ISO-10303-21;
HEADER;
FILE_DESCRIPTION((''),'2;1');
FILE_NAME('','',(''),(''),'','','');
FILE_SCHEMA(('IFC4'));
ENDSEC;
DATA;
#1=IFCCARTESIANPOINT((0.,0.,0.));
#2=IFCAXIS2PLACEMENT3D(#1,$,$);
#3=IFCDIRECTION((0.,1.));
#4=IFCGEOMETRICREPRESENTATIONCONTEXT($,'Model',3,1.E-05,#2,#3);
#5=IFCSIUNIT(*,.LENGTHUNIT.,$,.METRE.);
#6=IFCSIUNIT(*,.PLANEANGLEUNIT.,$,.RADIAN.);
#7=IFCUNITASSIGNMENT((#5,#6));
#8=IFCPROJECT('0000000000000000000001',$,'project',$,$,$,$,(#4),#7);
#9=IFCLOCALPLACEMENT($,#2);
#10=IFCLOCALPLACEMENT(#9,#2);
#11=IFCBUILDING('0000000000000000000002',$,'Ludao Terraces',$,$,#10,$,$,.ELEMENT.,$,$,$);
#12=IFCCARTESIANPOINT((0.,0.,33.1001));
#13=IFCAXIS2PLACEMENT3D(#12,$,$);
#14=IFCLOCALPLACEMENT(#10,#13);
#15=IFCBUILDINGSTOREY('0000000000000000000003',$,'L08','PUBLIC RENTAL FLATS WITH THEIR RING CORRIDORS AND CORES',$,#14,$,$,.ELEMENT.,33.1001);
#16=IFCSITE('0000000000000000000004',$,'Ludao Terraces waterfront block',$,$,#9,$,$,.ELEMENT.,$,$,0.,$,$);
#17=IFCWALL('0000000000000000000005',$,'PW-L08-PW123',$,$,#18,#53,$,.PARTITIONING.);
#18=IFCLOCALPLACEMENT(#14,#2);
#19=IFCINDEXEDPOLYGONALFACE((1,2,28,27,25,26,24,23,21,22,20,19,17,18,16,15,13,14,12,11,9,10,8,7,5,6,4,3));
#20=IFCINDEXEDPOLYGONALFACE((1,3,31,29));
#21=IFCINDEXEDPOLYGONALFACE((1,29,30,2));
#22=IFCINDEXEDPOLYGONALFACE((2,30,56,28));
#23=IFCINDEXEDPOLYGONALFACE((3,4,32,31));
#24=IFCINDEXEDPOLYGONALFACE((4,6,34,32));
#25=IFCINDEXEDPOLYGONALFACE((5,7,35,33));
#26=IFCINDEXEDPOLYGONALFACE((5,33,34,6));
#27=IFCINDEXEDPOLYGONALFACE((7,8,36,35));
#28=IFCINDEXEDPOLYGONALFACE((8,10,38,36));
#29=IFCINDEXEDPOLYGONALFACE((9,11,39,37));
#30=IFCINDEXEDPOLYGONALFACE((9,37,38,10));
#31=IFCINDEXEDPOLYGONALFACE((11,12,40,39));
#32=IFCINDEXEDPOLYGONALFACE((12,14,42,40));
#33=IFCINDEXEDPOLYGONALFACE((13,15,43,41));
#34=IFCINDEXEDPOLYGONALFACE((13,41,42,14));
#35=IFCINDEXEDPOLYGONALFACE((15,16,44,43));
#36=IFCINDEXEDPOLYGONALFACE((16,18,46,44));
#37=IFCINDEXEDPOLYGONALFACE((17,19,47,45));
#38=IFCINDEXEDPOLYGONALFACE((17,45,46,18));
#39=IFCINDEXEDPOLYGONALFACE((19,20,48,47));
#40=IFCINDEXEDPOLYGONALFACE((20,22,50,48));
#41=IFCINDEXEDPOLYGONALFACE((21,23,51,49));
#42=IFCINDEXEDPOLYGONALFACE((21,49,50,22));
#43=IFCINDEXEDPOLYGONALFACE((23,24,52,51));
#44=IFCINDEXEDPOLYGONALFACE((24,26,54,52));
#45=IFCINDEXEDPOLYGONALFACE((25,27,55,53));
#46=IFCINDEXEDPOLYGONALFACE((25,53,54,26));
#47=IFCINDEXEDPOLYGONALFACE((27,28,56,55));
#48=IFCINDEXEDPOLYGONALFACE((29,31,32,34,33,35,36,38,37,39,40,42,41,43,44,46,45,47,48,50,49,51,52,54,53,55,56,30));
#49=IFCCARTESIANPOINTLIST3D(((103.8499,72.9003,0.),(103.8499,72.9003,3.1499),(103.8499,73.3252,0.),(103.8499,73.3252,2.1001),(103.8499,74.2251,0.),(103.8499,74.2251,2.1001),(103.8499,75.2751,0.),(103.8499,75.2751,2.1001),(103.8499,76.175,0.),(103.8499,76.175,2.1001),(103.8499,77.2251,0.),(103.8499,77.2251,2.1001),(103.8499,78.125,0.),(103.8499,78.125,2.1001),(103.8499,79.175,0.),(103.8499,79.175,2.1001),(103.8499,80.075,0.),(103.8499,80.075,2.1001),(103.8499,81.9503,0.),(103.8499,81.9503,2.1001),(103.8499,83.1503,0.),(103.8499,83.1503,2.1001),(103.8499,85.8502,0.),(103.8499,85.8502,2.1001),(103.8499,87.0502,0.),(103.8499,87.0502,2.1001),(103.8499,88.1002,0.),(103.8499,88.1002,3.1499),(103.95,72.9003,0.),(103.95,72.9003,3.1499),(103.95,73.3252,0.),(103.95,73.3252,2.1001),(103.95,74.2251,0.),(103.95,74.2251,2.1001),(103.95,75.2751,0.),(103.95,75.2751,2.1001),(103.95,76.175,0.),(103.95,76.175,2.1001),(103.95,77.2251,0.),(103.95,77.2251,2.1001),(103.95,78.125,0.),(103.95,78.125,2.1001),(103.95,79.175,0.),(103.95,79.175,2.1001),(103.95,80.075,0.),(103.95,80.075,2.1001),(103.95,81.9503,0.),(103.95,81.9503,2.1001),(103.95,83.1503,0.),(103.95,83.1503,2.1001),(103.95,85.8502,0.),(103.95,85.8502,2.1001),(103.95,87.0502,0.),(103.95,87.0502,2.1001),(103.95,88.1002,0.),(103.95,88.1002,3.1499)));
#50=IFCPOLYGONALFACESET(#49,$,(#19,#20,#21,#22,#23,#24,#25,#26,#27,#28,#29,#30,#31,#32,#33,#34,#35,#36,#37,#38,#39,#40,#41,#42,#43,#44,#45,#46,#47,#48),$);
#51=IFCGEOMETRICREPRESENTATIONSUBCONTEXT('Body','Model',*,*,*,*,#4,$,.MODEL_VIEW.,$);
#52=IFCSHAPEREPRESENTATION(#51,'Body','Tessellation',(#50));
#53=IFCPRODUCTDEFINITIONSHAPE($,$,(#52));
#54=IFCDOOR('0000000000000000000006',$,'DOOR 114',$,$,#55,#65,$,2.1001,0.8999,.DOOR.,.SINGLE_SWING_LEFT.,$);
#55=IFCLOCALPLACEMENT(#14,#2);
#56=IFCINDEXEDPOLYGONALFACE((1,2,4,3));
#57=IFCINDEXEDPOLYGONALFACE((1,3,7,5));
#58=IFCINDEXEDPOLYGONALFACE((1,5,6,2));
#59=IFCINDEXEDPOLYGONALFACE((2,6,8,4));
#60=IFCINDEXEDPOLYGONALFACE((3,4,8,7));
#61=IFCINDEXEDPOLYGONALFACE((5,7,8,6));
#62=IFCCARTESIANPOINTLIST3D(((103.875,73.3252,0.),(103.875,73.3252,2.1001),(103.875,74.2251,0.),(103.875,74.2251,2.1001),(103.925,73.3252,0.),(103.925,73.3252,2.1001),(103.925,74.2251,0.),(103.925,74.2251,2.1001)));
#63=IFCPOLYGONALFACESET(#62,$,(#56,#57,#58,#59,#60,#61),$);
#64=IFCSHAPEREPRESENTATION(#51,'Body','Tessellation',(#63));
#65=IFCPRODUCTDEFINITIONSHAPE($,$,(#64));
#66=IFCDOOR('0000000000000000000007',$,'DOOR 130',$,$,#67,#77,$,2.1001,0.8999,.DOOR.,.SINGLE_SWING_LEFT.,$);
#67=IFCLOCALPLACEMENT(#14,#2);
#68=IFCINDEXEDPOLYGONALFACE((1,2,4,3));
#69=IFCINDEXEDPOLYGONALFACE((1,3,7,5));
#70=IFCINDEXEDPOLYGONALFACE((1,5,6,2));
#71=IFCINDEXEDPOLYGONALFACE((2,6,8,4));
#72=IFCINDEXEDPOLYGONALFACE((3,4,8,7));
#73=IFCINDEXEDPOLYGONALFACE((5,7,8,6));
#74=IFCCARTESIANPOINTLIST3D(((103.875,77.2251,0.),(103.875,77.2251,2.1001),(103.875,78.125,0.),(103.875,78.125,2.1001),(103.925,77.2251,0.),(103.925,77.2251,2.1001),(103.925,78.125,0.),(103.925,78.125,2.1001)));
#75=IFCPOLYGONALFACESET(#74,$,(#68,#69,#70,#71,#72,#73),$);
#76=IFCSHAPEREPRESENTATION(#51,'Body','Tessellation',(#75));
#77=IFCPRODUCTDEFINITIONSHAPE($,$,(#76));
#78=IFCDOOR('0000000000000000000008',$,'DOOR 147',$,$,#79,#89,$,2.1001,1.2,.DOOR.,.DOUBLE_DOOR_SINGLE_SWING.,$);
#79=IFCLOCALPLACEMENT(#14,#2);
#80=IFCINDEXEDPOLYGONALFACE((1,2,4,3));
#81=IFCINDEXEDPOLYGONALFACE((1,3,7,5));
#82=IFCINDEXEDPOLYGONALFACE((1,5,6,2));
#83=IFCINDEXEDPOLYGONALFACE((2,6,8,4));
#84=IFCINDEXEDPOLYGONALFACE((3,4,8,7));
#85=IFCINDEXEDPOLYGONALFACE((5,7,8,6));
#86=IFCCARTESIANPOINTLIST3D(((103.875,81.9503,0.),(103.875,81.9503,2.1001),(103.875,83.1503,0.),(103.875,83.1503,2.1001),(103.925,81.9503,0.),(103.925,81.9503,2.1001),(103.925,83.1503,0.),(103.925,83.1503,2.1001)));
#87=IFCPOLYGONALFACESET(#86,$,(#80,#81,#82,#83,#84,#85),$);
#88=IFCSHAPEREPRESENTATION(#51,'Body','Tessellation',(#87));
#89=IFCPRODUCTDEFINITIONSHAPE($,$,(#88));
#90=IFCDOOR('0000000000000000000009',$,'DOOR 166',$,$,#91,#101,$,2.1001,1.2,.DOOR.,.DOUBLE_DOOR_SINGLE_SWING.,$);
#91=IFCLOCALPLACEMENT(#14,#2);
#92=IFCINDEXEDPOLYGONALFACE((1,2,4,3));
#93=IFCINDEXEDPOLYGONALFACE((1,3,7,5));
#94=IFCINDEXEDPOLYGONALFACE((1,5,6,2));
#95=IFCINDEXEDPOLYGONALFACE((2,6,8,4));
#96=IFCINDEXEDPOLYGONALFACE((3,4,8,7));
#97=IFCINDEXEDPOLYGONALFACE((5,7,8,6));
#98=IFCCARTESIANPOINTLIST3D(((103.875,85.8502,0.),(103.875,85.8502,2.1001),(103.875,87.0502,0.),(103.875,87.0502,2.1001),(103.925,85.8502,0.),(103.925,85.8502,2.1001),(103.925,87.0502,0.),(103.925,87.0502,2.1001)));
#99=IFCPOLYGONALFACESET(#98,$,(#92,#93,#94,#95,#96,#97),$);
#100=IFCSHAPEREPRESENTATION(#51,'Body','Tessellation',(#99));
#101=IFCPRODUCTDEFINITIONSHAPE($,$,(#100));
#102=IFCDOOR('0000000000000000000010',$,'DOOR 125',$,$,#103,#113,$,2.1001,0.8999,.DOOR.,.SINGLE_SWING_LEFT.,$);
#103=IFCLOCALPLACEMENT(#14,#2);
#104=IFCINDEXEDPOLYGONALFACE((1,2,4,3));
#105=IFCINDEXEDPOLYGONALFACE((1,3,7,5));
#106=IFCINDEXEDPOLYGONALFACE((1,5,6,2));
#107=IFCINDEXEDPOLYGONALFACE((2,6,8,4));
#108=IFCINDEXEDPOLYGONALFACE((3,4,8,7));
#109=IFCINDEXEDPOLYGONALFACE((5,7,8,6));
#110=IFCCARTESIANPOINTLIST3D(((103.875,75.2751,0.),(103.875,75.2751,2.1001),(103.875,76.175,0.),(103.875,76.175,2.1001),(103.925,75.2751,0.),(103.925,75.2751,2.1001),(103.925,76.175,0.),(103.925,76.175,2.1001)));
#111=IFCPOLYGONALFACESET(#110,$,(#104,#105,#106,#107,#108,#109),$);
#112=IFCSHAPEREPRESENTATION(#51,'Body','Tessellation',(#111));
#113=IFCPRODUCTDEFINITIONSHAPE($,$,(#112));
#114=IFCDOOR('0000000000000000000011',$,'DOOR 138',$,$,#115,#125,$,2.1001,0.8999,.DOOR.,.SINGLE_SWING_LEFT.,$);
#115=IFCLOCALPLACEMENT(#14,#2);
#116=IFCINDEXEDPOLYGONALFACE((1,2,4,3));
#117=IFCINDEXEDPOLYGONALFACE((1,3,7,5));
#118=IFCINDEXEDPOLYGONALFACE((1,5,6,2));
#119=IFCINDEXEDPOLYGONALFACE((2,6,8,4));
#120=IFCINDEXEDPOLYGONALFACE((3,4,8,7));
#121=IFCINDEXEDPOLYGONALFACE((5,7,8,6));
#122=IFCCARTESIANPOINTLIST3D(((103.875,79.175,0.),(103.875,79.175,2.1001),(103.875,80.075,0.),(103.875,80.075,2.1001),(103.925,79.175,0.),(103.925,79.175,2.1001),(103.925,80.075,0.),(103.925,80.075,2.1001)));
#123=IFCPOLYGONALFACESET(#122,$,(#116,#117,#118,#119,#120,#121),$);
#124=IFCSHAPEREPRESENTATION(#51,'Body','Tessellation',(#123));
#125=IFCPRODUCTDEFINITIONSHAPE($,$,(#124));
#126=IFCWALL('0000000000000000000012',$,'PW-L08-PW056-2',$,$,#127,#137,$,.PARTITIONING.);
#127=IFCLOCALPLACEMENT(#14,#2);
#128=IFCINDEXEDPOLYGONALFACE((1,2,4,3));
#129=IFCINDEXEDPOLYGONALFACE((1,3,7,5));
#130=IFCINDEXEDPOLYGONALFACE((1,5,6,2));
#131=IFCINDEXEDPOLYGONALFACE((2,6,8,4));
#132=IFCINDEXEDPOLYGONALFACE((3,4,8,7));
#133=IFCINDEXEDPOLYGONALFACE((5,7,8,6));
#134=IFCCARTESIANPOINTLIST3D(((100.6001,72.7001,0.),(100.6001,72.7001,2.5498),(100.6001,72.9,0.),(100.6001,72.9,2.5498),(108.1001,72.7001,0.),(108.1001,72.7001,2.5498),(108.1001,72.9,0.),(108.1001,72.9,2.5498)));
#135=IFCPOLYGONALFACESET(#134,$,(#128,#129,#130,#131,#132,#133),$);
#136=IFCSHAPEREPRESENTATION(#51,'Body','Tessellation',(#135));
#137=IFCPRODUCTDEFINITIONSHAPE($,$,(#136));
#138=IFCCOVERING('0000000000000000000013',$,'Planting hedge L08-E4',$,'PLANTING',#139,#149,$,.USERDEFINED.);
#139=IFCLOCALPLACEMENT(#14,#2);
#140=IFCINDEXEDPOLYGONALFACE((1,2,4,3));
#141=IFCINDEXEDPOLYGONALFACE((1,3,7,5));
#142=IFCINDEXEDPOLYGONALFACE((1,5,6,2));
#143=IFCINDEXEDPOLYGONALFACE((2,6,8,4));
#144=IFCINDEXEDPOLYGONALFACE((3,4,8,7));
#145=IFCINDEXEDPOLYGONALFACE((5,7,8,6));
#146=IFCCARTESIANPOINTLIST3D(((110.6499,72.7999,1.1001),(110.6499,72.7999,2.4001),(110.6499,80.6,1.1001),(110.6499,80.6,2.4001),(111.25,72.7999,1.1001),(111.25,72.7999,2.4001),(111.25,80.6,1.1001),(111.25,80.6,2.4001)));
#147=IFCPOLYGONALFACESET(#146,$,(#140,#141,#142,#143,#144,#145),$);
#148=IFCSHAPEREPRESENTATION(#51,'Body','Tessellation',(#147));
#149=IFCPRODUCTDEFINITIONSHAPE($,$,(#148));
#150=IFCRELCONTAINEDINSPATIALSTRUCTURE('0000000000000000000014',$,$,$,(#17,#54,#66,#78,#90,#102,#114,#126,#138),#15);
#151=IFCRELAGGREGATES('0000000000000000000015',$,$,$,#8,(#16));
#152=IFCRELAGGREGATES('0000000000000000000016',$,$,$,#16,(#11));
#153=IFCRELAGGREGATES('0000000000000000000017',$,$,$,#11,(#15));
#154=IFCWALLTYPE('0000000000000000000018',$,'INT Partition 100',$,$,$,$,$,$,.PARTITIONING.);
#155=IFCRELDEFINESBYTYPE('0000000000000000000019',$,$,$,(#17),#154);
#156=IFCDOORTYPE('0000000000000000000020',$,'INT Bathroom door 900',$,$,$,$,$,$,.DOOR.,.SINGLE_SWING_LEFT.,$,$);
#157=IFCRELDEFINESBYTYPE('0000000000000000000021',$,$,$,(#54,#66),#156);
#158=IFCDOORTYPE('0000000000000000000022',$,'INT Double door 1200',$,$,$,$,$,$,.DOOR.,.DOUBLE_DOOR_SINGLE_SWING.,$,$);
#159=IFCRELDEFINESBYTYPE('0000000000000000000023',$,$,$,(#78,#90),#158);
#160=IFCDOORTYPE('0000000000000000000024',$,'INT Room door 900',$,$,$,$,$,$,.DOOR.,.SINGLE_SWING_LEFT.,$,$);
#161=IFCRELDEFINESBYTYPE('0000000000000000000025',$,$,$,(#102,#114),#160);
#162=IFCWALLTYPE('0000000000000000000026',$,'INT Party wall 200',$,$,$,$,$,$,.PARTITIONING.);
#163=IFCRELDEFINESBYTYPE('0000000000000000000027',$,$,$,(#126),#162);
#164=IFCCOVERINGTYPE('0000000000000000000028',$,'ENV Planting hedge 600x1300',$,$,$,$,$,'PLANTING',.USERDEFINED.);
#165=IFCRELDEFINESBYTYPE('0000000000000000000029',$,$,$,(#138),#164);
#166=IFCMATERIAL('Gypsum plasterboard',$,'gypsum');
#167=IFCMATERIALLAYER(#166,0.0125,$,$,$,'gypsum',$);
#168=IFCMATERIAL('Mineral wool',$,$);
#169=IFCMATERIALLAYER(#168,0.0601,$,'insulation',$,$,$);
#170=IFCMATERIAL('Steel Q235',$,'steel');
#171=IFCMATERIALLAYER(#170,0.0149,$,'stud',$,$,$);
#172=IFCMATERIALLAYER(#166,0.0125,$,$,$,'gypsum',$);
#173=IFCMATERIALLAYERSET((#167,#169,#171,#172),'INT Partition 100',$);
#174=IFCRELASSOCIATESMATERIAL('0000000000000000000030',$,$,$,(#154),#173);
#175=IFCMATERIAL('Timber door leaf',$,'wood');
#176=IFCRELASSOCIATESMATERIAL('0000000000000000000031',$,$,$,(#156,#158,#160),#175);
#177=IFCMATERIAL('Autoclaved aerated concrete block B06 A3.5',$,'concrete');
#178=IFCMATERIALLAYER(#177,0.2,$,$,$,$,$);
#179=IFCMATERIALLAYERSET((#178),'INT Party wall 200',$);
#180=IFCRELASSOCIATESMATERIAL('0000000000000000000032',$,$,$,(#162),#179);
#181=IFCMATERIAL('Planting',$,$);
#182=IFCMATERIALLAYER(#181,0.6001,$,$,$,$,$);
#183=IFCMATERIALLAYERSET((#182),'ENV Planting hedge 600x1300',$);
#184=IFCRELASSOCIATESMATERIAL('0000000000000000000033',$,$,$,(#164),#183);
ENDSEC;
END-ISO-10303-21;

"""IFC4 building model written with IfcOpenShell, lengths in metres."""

from ifc_helpers import new_model, si_unit, direction, frame, frame_2d, origin, origin_2d, place, context, subcontext, project, spatial, rectangle, extrude, material, layer, layer_set, type_object, element, fill, save


model = new_model("IFC4")

# Units and contexts
model_context = context("Model", 3, precision=1e-05, world=origin(), true_north=direction((0.0, 1.0)))
body_context = subcontext(model_context, "Body", "Model", "MODEL_VIEW")
ifc_project = project(units=[si_unit("LENGTHUNIT", "METRE"), si_unit("PLANEANGLEUNIT", "RADIAN")], contexts=[model_context])

# Site, building, storey
site_placement = place(None, origin())
site = spatial("IfcSite", under=ifc_project, at=site_placement, Name="Ludao Terraces waterfront block", CompositionType="ELEMENT", RefElevation=0.0)
building_placement = place(site_placement, origin())
building = spatial("IfcBuilding", under=site, at=building_placement, Name="Ludao Terraces", CompositionType="ELEMENT")
storey_placement = place(building_placement, frame((0.0, 0.0, 33.1001)))
storey = spatial("IfcBuildingStorey", under=building, at=storey_placement, Name="L08", Description="PUBLIC RENTAL FLATS WITH THEIR RING CORRIDORS AND CORES", CompositionType="ELEMENT", Elevation=33.1001)

# Shared definitions
ifc_material_1 = material(Name="Mineral wool")

# Shared definitions
ifc_material_2 = material(Name="Gypsum plasterboard", Category="gypsum")
ifc_layer_1 = layer(ifc_material_2, 0.0125, Category="gypsum")
ifc_layer_2 = layer(ifc_material_1, 0.0601, Name="insulation")
ifc_material_3 = material(Name="Steel Q235", Category="steel")
ifc_layer_3 = layer(ifc_material_3, 0.0149, Name="stud")
ifc_layer_4 = layer(ifc_material_2, 0.0125, Category="gypsum")
ifc_layer_set_1 = layer_set([ifc_layer_1, ifc_layer_2, ifc_layer_3, ifc_layer_4], Name="INT Partition 100")
wall_type_1 = type_object("IfcWallType", Name="INT Partition 100", PredefinedType="PARTITIONING", material=ifc_layer_set_1)

# Wall, openings, doors
wall_1_placement = place(storey_placement, frame((103.8999, 72.9001, 0.0), z_axis=(0.0, 0.0, 1.0), x_axis=(0.0, 1.0, 0.0)))
wall_1 = element("IfcWall", 1, at=wall_1_placement, inside=storey, type_object=wall_type_1, Name="PW-L08-PW123", PredefinedType="PARTITIONING", context=body_context, shape_type="SweptSolid", body=[
    extrude(rectangle(XDim=15.2, YDim=0.1001, at=frame_2d((7.6001, 0.0))), origin(), (0.0, 0.0, 1.0), 3.1499),
])
opening_1_placement = place(wall_1_placement, frame((0.425, 0.0, 0.0)))
opening_1 = element("IfcOpeningElement", 2, at=opening_1_placement, cuts=wall_1, PredefinedType="OPENING", context=body_context, shape_type="SweptSolid", body=[
    extrude(rectangle(XDim=0.8999, YDim=2.1001, at=frame_2d((0.45, 1.05))), frame((0.0, 0.0601, 0.0), z_axis=(0.0, -1.0, 0.0), x_axis=(1.0, 0.0, 0.0)), (0.0, 0.0, 1.0), 0.1201),
])
opening_2_placement = place(wall_1_placement, frame((2.375, 0.0, 0.0)))
opening_2 = element("IfcOpeningElement", 3, at=opening_2_placement, cuts=wall_1, PredefinedType="OPENING", context=body_context, shape_type="SweptSolid", body=[
    extrude(rectangle(XDim=0.8999, YDim=2.1001, at=frame_2d((0.45, 1.05))), frame((0.0, 0.0601, 0.0), z_axis=(0.0, -1.0, 0.0), x_axis=(1.0, 0.0, 0.0)), (0.0, 0.0, 1.0), 0.1201),
])
opening_3_placement = place(wall_1_placement, frame((4.325, 0.0, 0.0)))
opening_3 = element("IfcOpeningElement", 4, at=opening_3_placement, cuts=wall_1, PredefinedType="OPENING", context=body_context, shape_type="SweptSolid", body=[
    extrude(rectangle(XDim=0.8999, YDim=2.1001, at=frame_2d((0.45, 1.05))), frame((0.0, 0.0601, 0.0), z_axis=(0.0, -1.0, 0.0), x_axis=(1.0, 0.0, 0.0)), (0.0, 0.0, 1.0), 0.1201),
])
opening_4_placement = place(wall_1_placement, frame((6.2749, 0.0, 0.0)))
opening_4 = element("IfcOpeningElement", 5, at=opening_4_placement, cuts=wall_1, PredefinedType="OPENING", context=body_context, shape_type="SweptSolid", body=[
    extrude(rectangle(XDim=0.8999, YDim=2.1001, at=frame_2d((0.45, 1.05))), frame((0.0, 0.0601, 0.0), z_axis=(0.0, -1.0, 0.0), x_axis=(1.0, 0.0, 0.0)), (0.0, 0.0, 1.0), 0.1201),
])
opening_5_placement = place(wall_1_placement, frame((9.05, 0.0, 0.0)))
opening_5 = element("IfcOpeningElement", 6, at=opening_5_placement, cuts=wall_1, PredefinedType="OPENING", context=body_context, shape_type="SweptSolid", body=[
    extrude(rectangle(XDim=1.2, YDim=2.1001, at=frame_2d((0.6001, 1.05))), frame((0.0, 0.0601, 0.0), z_axis=(0.0, -1.0, 0.0), x_axis=(1.0, 0.0, 0.0)), (0.0, 0.0, 1.0), 0.1201),
])
opening_6_placement = place(wall_1_placement, frame((12.95, 0.0, 0.0)))
opening_6 = element("IfcOpeningElement", 7, at=opening_6_placement, cuts=wall_1, PredefinedType="OPENING", context=body_context, shape_type="SweptSolid", body=[
    extrude(rectangle(XDim=1.2, YDim=2.1001, at=frame_2d((0.6001, 1.05))), frame((0.0, 0.0601, 0.0), z_axis=(0.0, -1.0, 0.0), x_axis=(1.0, 0.0, 0.0)), (0.0, 0.0, 1.0), 0.1201),
])
ifc_material_4 = material(Name="Timber door leaf", Category="wood")
door_type_1 = type_object("IfcDoorType", Name="INT Bathroom door 900", OperationType="SINGLE_SWING_LEFT", PredefinedType="DOOR", material=ifc_material_4)
door_1_placement = place(opening_1_placement, origin())
door_1 = element("IfcDoor", 8, at=door_1_placement, inside=storey, type_object=door_type_1, Name="DOOR 114", OperationType="SINGLE_SWING_LEFT", OverallHeight=2.1001, OverallWidth=0.8999, PredefinedType="DOOR", context=body_context, shape_type="SweptSolid", body=[
    extrude(rectangle(XDim=0.8999, YDim=2.1001, at=frame_2d((0.45, 1.05))), frame((0.0, 0.0249, 0.0), z_axis=(0.0, -1.0, 0.0), x_axis=(1.0, 0.0, 0.0)), (0.0, 0.0, 1.0), 0.05),
])
fill(opening_1, door_1)
door_2_placement = place(opening_3_placement, origin())
door_2 = element("IfcDoor", 9, at=door_2_placement, inside=storey, type_object=door_type_1, Name="DOOR 130", OperationType="SINGLE_SWING_LEFT", OverallHeight=2.1001, OverallWidth=0.8999, PredefinedType="DOOR", context=body_context, shape_type="SweptSolid", body=[
    extrude(rectangle(XDim=0.8999, YDim=2.1001, at=frame_2d((0.45, 1.05))), frame((0.0, 0.0249, 0.0), z_axis=(0.0, -1.0, 0.0), x_axis=(1.0, 0.0, 0.0)), (0.0, 0.0, 1.0), 0.05),
])
fill(opening_3, door_2)
door_type_2 = type_object("IfcDoorType", Name="INT Double door 1200", OperationType="DOUBLE_DOOR_SINGLE_SWING", PredefinedType="DOOR", material=ifc_material_4)
door_3_placement = place(opening_5_placement, origin())
door_3 = element("IfcDoor", 10, at=door_3_placement, inside=storey, type_object=door_type_2, Name="DOOR 147", OperationType="DOUBLE_DOOR_SINGLE_SWING", OverallHeight=2.1001, OverallWidth=1.2, PredefinedType="DOOR", context=body_context, shape_type="SweptSolid", body=[
    extrude(rectangle(XDim=1.2, YDim=2.1001, at=frame_2d((0.6001, 1.05))), frame((0.0, 0.0249, 0.0), z_axis=(0.0, -1.0, 0.0), x_axis=(1.0, 0.0, 0.0)), (0.0, 0.0, 1.0), 0.05),
])
fill(opening_5, door_3)
door_4_placement = place(opening_6_placement, origin())
door_4 = element("IfcDoor", 11, at=door_4_placement, inside=storey, type_object=door_type_2, Name="DOOR 166", OperationType="DOUBLE_DOOR_SINGLE_SWING", OverallHeight=2.1001, OverallWidth=1.2, PredefinedType="DOOR", context=body_context, shape_type="SweptSolid", body=[
    extrude(rectangle(XDim=1.2, YDim=2.1001, at=frame_2d((0.6001, 1.05))), frame((0.0, 0.0249, 0.0), z_axis=(0.0, -1.0, 0.0), x_axis=(1.0, 0.0, 0.0)), (0.0, 0.0, 1.0), 0.05),
])
fill(opening_6, door_4)
door_type_3 = type_object("IfcDoorType", Name="INT Room door 900", OperationType="SINGLE_SWING_LEFT", PredefinedType="DOOR", material=ifc_material_4)
door_5_placement = place(opening_2_placement, origin())
door_5 = element("IfcDoor", 12, at=door_5_placement, inside=storey, type_object=door_type_3, Name="DOOR 125", OperationType="SINGLE_SWING_LEFT", OverallHeight=2.1001, OverallWidth=0.8999, PredefinedType="DOOR", context=body_context, shape_type="SweptSolid", body=[
    extrude(rectangle(XDim=0.8999, YDim=2.1001, at=frame_2d((0.45, 1.05))), frame((0.0, 0.0249, 0.0), z_axis=(0.0, -1.0, 0.0), x_axis=(1.0, 0.0, 0.0)), (0.0, 0.0, 1.0), 0.05),
])
fill(opening_2, door_5)
door_6_placement = place(opening_4_placement, origin())
door_6 = element("IfcDoor", 13, at=door_6_placement, inside=storey, type_object=door_type_3, Name="DOOR 138", OperationType="SINGLE_SWING_LEFT", OverallHeight=2.1001, OverallWidth=0.8999, PredefinedType="DOOR", context=body_context, shape_type="SweptSolid", body=[
    extrude(rectangle(XDim=0.8999, YDim=2.1001, at=frame_2d((0.45, 1.05))), frame((0.0, 0.0249, 0.0), z_axis=(0.0, -1.0, 0.0), x_axis=(1.0, 0.0, 0.0)), (0.0, 0.0, 1.0), 0.05),
])
fill(opening_4, door_6)

# Wall
ifc_material_5 = material(Name="Autoclaved aerated concrete block B06 A3.5", Category="concrete")
ifc_layer_5 = layer(ifc_material_5, 0.2)
ifc_layer_set_2 = layer_set([ifc_layer_5], Name="INT Party wall 200")
wall_type_2 = type_object("IfcWallType", Name="INT Party wall 200", PredefinedType="PARTITIONING", material=ifc_layer_set_2)
wall_2_placement = place(storey_placement, frame((100.6001, 72.8, 0.0), z_axis=(0.0, 0.0, 1.0), x_axis=(1.0, 0.0, 0.0)))
element("IfcWall", 14, at=wall_2_placement, inside=storey, type_object=wall_type_2, Name="PW-L08-PW056-2", PredefinedType="PARTITIONING", context=body_context, shape_type="SweptSolid", body=[
    extrude(rectangle(XDim=7.5, YDim=0.2, at=frame_2d((3.75, 0.0))), origin(), (0.0, 0.0, 1.0), 2.5498),
])

# Covering
ifc_material_6 = material(Name="Planting")
ifc_layer_6 = layer(ifc_material_6, 0.6001)
ifc_layer_set_3 = layer_set([ifc_layer_6], Name="ENV Planting hedge 600x1300")
covering_type = type_object("IfcCoveringType", Name="ENV Planting hedge 600x1300", ElementType="PLANTING", PredefinedType="USERDEFINED", material=ifc_layer_set_3)
covering_placement = place(storey_placement, frame((110.95, 76.7, 1.1001), z_axis=(0.0, 0.0, 1.0), x_axis=(1.0, 0.0, 0.0)))
element("IfcCovering", 15, at=covering_placement, inside=storey, type_object=covering_type, Name="Planting hedge L08-E4", ObjectType="PLANTING", PredefinedType="USERDEFINED", context=body_context, shape_type="SweptSolid", body=[
    extrude(rectangle(XDim=0.6001, YDim=7.8, at=origin_2d()), origin(), (0.0, 0.0, 1.0), 1.3),
])

save(model, "model.ifc")
